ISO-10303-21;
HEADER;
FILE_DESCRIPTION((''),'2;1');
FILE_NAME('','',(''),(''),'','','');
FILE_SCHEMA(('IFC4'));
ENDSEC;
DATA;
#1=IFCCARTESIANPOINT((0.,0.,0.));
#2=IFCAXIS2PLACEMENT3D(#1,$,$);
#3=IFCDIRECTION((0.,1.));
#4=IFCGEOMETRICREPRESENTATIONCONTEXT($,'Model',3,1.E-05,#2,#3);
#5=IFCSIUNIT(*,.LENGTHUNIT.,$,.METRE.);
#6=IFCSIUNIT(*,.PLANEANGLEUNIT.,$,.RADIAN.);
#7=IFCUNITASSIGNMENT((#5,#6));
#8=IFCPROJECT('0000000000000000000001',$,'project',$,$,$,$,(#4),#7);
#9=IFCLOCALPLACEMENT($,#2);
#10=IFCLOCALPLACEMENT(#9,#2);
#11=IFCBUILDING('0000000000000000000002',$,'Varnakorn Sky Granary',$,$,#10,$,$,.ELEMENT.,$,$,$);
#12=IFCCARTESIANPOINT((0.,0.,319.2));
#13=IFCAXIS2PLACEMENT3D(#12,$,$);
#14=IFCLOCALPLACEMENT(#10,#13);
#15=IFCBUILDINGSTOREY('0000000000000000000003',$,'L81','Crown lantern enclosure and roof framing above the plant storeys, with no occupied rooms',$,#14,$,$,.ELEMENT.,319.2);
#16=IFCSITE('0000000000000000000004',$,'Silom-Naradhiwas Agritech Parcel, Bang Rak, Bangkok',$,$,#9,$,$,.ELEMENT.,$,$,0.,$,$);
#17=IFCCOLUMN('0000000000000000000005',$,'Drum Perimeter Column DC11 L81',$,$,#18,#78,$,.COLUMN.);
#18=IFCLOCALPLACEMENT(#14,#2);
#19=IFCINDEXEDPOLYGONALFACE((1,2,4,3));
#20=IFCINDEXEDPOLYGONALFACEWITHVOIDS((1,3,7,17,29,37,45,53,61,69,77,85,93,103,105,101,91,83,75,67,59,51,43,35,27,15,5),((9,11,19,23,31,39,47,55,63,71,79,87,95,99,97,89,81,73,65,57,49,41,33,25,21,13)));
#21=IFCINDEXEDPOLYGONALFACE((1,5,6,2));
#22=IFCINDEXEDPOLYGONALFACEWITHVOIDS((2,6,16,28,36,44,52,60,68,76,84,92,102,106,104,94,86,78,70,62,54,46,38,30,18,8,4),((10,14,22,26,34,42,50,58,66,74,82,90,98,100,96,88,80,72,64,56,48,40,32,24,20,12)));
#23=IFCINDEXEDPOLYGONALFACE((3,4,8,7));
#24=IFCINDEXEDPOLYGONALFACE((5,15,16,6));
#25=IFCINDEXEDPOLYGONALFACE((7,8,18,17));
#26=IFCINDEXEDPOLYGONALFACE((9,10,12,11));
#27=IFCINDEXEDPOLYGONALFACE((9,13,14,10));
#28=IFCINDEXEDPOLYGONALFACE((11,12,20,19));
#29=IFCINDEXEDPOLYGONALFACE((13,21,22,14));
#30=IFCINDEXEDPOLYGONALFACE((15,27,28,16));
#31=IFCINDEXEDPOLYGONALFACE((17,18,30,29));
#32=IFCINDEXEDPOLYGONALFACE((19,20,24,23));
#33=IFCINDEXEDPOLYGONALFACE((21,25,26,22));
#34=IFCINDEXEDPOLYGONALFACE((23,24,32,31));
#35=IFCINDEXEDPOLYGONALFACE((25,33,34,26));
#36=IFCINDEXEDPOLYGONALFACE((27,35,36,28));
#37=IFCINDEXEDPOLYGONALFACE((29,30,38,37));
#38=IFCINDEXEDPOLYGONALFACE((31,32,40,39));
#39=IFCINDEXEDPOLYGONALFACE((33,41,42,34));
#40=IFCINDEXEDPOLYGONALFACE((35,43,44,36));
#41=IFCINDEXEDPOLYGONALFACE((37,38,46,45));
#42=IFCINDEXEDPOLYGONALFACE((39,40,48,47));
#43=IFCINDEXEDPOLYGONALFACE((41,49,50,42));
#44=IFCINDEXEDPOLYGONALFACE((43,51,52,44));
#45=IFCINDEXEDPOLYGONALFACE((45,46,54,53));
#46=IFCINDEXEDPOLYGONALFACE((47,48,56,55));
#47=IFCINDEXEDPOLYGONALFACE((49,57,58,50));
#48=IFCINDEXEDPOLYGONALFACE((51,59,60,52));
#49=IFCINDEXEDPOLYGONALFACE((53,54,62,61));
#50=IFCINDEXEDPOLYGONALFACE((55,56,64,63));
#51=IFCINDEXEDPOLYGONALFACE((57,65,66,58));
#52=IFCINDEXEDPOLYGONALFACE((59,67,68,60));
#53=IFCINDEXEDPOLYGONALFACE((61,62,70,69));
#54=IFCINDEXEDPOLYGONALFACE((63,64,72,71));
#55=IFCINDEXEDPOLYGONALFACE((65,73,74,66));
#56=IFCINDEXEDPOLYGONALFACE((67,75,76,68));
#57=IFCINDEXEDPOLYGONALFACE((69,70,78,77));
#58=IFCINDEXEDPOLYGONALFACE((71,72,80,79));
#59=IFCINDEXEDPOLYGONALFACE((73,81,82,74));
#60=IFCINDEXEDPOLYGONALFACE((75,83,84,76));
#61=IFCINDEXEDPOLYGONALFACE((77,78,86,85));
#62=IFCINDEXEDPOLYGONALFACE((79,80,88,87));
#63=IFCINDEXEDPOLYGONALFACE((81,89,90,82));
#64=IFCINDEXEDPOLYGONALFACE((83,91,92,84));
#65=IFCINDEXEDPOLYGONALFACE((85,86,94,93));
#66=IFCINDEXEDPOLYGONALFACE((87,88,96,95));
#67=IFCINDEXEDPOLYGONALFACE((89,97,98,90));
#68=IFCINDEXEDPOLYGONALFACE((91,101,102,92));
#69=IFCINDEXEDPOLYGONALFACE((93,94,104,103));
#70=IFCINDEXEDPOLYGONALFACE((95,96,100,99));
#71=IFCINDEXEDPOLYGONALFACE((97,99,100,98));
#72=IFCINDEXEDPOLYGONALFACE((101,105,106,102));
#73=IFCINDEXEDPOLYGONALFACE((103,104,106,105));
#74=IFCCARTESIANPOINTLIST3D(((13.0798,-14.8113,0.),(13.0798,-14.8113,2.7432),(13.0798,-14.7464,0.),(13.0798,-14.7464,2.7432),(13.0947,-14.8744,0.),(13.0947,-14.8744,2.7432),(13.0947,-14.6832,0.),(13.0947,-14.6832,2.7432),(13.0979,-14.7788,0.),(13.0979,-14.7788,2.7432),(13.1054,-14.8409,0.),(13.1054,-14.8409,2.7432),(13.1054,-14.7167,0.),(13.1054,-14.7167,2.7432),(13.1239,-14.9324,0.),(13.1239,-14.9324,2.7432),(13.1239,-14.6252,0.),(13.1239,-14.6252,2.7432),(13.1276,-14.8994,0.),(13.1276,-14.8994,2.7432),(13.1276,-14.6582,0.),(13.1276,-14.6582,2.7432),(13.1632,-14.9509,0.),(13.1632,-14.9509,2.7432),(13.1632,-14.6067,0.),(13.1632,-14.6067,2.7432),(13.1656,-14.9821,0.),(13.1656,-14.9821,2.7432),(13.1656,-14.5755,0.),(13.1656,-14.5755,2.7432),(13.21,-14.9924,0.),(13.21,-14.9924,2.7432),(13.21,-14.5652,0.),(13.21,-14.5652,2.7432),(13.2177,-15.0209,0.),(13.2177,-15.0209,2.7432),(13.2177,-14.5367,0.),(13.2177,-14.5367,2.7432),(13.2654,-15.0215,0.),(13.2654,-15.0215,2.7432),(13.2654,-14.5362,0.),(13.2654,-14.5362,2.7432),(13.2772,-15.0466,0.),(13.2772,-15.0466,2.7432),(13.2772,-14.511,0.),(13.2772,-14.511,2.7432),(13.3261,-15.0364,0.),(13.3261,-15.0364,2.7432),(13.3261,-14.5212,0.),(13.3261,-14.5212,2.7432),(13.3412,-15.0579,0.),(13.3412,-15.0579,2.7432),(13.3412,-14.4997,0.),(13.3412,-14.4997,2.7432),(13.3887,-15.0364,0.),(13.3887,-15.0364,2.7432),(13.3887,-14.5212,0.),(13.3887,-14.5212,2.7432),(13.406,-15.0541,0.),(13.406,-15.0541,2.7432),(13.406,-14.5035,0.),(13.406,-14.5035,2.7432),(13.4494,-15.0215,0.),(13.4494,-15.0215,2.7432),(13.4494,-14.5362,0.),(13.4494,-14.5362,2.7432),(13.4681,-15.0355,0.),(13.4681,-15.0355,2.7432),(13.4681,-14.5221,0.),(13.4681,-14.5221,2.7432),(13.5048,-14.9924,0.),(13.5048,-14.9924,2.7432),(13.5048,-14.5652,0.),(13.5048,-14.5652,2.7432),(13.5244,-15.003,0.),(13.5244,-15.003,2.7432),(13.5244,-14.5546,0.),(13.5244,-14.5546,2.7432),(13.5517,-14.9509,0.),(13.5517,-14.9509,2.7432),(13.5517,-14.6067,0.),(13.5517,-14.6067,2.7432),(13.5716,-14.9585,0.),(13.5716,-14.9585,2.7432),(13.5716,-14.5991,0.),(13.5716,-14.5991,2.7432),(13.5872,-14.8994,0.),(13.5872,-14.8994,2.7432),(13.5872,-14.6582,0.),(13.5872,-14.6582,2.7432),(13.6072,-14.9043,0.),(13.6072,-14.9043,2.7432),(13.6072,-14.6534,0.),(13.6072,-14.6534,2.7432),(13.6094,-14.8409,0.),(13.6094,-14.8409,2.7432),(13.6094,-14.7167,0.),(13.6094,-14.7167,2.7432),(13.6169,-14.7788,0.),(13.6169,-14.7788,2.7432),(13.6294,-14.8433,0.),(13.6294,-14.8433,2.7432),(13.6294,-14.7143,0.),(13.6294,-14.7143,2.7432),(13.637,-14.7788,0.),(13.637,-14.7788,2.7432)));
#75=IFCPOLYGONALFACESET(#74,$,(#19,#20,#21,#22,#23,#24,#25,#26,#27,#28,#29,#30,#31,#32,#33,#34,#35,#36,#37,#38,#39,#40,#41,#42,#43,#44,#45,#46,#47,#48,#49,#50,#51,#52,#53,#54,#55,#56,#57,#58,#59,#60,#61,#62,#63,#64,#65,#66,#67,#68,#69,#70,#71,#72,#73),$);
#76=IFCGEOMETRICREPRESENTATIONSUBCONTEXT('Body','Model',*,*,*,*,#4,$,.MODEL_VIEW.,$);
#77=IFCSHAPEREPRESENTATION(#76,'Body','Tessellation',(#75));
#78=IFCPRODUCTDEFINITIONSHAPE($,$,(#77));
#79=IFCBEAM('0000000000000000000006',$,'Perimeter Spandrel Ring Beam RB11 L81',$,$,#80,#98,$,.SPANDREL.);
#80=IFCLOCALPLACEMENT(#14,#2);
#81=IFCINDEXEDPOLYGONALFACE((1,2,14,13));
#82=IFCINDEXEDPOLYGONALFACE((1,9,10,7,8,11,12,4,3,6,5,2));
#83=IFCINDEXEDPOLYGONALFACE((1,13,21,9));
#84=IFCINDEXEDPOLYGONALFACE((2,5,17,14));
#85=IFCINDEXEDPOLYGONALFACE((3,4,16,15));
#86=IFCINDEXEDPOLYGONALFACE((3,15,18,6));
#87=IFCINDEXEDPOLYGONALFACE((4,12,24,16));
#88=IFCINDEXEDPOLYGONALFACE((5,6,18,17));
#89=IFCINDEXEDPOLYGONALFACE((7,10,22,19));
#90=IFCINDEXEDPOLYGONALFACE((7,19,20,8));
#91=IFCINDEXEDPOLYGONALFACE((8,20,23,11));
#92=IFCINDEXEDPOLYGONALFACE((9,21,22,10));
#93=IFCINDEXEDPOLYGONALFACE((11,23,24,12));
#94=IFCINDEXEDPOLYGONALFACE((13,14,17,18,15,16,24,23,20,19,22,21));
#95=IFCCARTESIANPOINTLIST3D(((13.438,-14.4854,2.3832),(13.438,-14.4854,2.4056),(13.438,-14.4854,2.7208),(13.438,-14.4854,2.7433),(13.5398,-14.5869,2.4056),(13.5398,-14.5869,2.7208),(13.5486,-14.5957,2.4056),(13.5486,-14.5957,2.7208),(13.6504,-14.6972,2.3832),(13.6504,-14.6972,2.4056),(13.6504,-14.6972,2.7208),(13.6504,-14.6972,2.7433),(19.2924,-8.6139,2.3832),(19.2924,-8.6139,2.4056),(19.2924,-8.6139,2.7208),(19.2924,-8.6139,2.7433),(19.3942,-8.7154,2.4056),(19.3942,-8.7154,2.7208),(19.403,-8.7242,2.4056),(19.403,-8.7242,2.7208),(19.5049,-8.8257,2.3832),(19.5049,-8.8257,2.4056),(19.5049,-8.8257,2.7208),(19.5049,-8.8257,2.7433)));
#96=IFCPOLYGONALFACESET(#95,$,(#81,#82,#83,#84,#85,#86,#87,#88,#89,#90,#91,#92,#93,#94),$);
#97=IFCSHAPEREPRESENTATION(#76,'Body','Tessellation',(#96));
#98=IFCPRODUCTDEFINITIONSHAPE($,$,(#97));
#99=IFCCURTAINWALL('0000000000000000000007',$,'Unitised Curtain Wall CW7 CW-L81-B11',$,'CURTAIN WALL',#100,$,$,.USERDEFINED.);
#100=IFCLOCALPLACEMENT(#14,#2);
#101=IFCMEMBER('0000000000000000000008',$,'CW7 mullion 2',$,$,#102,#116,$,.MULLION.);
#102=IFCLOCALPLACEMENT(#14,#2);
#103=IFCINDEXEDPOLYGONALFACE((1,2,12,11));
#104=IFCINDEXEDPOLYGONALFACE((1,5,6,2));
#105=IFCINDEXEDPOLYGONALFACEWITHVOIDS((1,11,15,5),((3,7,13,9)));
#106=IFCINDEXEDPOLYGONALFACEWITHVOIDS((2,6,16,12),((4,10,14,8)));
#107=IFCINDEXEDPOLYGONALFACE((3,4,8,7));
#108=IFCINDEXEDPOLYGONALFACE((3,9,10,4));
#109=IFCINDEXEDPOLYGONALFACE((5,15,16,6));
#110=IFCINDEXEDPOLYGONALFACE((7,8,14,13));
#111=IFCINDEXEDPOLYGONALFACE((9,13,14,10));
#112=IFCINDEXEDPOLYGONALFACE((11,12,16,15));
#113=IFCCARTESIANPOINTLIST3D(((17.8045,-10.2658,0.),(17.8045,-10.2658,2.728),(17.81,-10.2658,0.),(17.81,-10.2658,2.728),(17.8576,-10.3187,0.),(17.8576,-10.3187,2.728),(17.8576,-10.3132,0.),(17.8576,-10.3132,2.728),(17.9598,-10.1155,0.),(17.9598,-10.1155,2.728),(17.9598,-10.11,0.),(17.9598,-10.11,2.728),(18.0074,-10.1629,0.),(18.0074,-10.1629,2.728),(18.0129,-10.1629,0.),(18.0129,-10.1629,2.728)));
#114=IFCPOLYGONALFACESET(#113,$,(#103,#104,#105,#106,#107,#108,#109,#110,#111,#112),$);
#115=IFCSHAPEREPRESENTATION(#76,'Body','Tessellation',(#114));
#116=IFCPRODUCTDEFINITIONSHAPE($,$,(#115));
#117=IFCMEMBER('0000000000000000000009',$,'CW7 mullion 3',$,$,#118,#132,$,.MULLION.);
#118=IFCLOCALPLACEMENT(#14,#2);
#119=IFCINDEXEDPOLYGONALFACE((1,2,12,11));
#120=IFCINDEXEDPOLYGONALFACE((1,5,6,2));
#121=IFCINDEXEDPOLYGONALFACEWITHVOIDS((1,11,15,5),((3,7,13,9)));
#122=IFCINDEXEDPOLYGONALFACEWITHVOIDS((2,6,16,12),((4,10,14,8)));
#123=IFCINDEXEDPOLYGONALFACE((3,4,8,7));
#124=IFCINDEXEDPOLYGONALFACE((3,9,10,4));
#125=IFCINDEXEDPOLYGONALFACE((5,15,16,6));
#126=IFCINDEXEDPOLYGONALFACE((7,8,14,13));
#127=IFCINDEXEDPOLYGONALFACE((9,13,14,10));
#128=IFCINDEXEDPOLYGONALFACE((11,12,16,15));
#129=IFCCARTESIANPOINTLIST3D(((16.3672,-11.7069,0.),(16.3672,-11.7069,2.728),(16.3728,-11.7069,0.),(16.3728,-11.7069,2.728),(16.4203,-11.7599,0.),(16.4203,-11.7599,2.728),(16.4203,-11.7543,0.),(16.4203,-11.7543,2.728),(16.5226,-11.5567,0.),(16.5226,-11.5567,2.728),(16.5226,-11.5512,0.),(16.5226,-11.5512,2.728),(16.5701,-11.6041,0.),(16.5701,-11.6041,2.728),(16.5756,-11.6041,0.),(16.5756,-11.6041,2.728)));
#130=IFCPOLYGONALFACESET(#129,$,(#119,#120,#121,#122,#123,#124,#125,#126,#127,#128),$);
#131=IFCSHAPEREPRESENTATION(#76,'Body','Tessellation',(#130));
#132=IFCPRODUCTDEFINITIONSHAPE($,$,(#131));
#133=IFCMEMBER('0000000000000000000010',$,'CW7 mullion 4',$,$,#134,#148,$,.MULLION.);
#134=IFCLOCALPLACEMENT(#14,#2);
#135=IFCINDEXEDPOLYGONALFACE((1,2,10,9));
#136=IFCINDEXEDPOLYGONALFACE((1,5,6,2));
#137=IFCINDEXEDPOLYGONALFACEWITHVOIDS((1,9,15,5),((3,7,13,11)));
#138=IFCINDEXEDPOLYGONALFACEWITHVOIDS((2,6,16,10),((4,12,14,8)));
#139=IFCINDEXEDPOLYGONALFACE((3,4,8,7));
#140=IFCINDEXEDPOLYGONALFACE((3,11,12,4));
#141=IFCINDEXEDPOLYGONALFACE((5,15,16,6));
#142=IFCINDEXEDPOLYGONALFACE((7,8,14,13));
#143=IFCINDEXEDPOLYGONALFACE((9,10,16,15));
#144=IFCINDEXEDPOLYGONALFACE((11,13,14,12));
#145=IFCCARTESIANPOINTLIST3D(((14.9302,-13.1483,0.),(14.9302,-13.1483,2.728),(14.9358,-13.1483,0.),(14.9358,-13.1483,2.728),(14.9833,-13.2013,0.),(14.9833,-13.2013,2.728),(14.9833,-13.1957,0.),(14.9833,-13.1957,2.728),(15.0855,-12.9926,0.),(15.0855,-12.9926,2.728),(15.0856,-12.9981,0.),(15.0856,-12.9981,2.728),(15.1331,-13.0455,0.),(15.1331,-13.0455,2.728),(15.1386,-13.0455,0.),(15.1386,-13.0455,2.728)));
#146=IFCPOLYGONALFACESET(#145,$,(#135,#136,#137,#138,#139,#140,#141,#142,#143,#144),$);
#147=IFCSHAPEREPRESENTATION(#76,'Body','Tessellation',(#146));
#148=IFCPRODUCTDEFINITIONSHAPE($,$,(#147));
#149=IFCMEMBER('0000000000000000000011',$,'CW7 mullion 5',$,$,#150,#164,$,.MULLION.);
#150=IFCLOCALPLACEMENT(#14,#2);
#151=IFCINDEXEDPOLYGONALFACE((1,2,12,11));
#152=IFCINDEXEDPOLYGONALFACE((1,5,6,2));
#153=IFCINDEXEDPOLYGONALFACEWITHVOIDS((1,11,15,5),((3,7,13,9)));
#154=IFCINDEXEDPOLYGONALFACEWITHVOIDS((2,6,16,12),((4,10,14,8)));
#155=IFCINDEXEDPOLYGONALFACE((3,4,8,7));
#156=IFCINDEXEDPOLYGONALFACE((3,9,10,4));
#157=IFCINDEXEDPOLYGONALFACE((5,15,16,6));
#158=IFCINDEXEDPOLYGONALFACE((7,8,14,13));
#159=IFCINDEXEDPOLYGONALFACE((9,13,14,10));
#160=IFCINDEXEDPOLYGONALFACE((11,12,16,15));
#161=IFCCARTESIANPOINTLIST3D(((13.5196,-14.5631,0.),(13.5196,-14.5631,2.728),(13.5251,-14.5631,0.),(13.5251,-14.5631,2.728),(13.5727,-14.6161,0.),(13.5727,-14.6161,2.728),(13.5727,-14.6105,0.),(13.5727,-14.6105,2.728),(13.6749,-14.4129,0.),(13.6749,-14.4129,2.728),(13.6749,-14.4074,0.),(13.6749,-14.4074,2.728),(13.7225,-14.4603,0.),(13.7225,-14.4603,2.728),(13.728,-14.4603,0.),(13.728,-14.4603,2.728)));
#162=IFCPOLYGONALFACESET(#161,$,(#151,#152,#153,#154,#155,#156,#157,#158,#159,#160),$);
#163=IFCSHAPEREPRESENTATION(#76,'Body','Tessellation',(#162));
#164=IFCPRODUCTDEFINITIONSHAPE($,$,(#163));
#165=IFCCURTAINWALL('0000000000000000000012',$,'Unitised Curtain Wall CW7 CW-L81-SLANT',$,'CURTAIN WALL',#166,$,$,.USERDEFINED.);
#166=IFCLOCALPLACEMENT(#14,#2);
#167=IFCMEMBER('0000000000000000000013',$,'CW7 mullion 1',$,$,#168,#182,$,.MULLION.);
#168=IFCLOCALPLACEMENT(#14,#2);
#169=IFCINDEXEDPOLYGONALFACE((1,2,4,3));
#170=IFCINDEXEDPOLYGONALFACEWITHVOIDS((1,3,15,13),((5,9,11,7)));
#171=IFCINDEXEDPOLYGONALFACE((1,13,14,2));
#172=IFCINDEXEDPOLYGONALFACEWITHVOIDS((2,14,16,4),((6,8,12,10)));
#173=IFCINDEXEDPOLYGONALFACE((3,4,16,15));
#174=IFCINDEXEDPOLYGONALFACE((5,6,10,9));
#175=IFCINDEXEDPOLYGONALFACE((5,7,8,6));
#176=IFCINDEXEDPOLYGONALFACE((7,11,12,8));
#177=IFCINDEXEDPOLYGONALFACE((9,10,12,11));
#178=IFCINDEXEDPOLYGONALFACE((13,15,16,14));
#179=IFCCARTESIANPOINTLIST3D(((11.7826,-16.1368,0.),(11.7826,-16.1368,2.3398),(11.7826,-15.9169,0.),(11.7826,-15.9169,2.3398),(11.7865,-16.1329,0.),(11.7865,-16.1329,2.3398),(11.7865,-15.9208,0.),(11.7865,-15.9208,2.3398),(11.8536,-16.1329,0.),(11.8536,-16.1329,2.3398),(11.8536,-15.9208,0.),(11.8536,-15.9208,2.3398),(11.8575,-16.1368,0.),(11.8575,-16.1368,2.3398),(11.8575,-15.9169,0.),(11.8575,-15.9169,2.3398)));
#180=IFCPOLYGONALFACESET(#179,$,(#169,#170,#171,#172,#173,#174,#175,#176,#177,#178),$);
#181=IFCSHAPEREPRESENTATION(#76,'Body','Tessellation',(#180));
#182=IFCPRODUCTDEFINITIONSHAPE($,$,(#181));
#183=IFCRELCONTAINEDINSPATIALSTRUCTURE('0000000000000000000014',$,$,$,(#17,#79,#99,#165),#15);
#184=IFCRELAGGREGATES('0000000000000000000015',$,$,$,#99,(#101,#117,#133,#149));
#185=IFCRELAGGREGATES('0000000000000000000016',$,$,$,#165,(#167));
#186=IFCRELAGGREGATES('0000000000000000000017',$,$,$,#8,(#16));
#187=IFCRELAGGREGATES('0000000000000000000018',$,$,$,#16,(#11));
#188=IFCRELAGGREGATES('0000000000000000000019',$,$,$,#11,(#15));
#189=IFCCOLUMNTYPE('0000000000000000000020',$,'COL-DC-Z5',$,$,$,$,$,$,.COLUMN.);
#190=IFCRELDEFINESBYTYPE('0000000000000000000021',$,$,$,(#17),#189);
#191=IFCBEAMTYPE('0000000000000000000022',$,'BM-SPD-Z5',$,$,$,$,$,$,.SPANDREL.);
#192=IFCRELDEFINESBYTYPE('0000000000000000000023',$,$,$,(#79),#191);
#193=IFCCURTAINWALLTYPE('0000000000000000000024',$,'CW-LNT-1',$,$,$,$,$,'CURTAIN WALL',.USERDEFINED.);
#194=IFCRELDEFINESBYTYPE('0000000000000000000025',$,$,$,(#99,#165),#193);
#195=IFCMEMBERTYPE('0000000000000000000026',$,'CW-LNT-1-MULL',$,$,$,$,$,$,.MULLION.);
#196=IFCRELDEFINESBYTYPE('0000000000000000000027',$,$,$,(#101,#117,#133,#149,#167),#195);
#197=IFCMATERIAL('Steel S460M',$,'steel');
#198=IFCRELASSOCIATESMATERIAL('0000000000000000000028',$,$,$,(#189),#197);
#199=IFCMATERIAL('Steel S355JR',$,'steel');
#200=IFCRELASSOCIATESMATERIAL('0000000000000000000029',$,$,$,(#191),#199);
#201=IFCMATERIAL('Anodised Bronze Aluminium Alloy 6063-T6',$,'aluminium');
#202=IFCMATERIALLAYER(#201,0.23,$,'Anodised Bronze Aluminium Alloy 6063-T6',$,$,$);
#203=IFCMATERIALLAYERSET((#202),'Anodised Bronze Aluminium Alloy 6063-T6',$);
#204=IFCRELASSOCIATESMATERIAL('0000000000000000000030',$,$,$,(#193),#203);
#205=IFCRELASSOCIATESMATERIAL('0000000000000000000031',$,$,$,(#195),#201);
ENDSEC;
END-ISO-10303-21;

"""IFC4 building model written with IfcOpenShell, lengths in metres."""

from ifc_helpers import new_model, si_unit, direction, frame, origin, origin_2d, place, context, subcontext, project, spatial, hollow_rectangle, hollow_circle, i_section, extrude, material, layer, layer_set, material_profile, profile_set, type_object, element, aggregate, save


model = new_model("IFC4")

# Units and contexts
model_context = context("Model", 3, precision=1e-05, world=origin(), true_north=direction((0.0, 1.0)))
body_context = subcontext(model_context, "Body", "Model", "MODEL_VIEW")
ifc_project = project(units=[si_unit("LENGTHUNIT", "METRE"), si_unit("PLANEANGLEUNIT", "RADIAN")], contexts=[model_context])

# Site, building, storey
site_placement = place(None, origin())
site = spatial("IfcSite", under=ifc_project, at=site_placement, Name="Silom-Naradhiwas Agritech Parcel, Bang Rak, Bangkok", CompositionType="ELEMENT", RefElevation=0.0)
building_placement = place(site_placement, origin())
building = spatial("IfcBuilding", under=site, at=building_placement, Name="Varnakorn Sky Granary", CompositionType="ELEMENT")
storey_placement = place(building_placement, frame((0.0, 0.0, 319.2)))
storey = spatial("IfcBuildingStorey", under=building, at=storey_placement, Name="L81", Description="Crown lantern enclosure and roof framing above the plant storeys, with no occupied rooms", CompositionType="ELEMENT", Elevation=319.2)

# Column
ifc_material_1 = material(Name="Steel S460M", Category="steel")
ifc_material_profile_1 = material_profile(ifc_material_1, hollow_circle(Radius=0.2795, WallThickness=0.02, at=origin_2d()), Name="CHS 559x20")
ifc_profile_set_1 = profile_set([ifc_material_profile_1], Name="Steel S460M")
column_type = type_object("IfcColumnType", Name="COL-DC-Z5", PredefinedType="COLUMN", material=ifc_profile_set_1)
column_placement = place(storey_placement, frame((13.3574, -14.7788, 0.0), z_axis=(0.0, 0.0, 1.0), x_axis=(1.0, 0.0, 0.0)))
element("IfcColumn", 1, at=column_placement, inside=storey, type_object=column_type, Name="Drum Perimeter Column DC11 L81", PredefinedType="COLUMN", context=body_context, shape_type="SweptSolid", body=[
    extrude(hollow_circle(Radius=0.2795, WallThickness=0.02, at=origin_2d()), origin(), (0.0, 0.0, 1.0), 2.7432),
])

# Beam
ifc_material_2 = material(Name="Steel S355JR", Category="steel")
ifc_material_profile_2 = material_profile(ifc_material_2, i_section(OverallWidth=0.3, OverallDepth=0.3601, WebThickness=0.0125, FlangeThickness=0.0225, at=origin_2d()), Name="HE 360 B")
ifc_profile_set_2 = profile_set([ifc_material_profile_2], Name="Steel S355JR")
beam_type = type_object("IfcBeamType", Name="BM-SPD-Z5", PredefinedType="SPANDREL", material=ifc_profile_set_2)
beam_placement = place(storey_placement, frame((13.5442, -14.5913, 2.5632), z_axis=(0.706075, 0.708137, 0.0), x_axis=(-0.708137, 0.706075, 0.0)))
element("IfcBeam", 2, at=beam_placement, inside=storey, type_object=beam_type, Name="Perimeter Spandrel Ring Beam RB11 L81", PredefinedType="SPANDREL", context=body_context, shape_type="SweptSolid", body=[
    extrude(i_section(OverallWidth=0.3, OverallDepth=0.3601, WebThickness=0.0125, FlangeThickness=0.0225, at=origin_2d()), origin(), (0.0, 0.0, 1.0), 8.2915),
])

# Curtain wall, members
ifc_material_3 = material(Name="Anodised Bronze Aluminium Alloy 6063-T6", Category="aluminium")
ifc_layer_1 = layer(ifc_material_3, 0.23, Name="Anodised Bronze Aluminium Alloy 6063-T6")
ifc_layer_set_1 = layer_set([ifc_layer_1], Name="Anodised Bronze Aluminium Alloy 6063-T6")
curtain_wall_type = type_object("IfcCurtainWallType", Name="CW-LNT-1", ElementType="CURTAIN WALL", PredefinedType="USERDEFINED", material=ifc_layer_set_1)
curtain_wall_1_placement = place(storey_placement, origin())
curtain_wall_1 = element("IfcCurtainWall", 3, at=curtain_wall_1_placement, inside=storey, type_object=curtain_wall_type, Name="Unitised Curtain Wall CW7 CW-L81-B11", ObjectType="CURTAIN WALL", PredefinedType="USERDEFINED")
ifc_material_profile_3 = material_profile(ifc_material_3, hollow_rectangle(XDim=0.075, YDim=0.22, WallThickness=0.0039, at=origin_2d()), Name="ALU MULL 75x220")
ifc_profile_set_3 = profile_set([ifc_material_profile_3], Name="Anodised Bronze Aluminium Alloy 6063-T6")
member_type_1 = type_object("IfcMemberType", Name="CW-LNT-1-MULL", PredefinedType="MULLION", material=ifc_profile_set_3)
member_1_placement = place(storey_placement, frame((17.9087, -10.2144, 0.0), z_axis=(0.0, 0.0, 1.0), x_axis=(0.708144, -0.706068, 0.0)))
member_1 = element("IfcMember", 4, at=member_1_placement, type_object=member_type_1, Name="CW7 mullion 2", PredefinedType="MULLION", context=body_context, shape_type="SweptSolid", body=[
    extrude(hollow_rectangle(XDim=0.075, YDim=0.22, WallThickness=0.0039, at=origin_2d()), origin(), (0.0, 0.0, 1.0), 2.728),
])
member_2_placement = place(storey_placement, frame((16.4714, -11.6555, 0.0), z_axis=(0.0, 0.0, 1.0), x_axis=(0.708144, -0.706068, 0.0)))
member_2 = element("IfcMember", 5, at=member_2_placement, type_object=member_type_1, Name="CW7 mullion 3", PredefinedType="MULLION", context=body_context, shape_type="SweptSolid", body=[
    extrude(hollow_rectangle(XDim=0.075, YDim=0.22, WallThickness=0.0039, at=origin_2d()), origin(), (0.0, 0.0, 1.0), 2.728),
])
member_3_placement = place(storey_placement, frame((15.0344, -13.0969, 0.0), z_axis=(0.0, 0.0, 1.0), x_axis=(0.708144, -0.706068, 0.0)))
member_3 = element("IfcMember", 6, at=member_3_placement, type_object=member_type_1, Name="CW7 mullion 4", PredefinedType="MULLION", context=body_context, shape_type="SweptSolid", body=[
    extrude(hollow_rectangle(XDim=0.075, YDim=0.22, WallThickness=0.0039, at=origin_2d()), origin(), (0.0, 0.0, 1.0), 2.728),
])
member_4_placement = place(storey_placement, frame((13.6238, -14.5117, 0.0), z_axis=(0.0, 0.0, 1.0), x_axis=(0.708144, -0.706068, 0.0)))
member_4 = element("IfcMember", 7, at=member_4_placement, type_object=member_type_1, Name="CW7 mullion 5", PredefinedType="MULLION", context=body_context, shape_type="SweptSolid", body=[
    extrude(hollow_rectangle(XDim=0.075, YDim=0.22, WallThickness=0.0039, at=origin_2d()), origin(), (0.0, 0.0, 1.0), 2.728),
])

# Curtain wall, member
curtain_wall_2_placement = place(storey_placement, origin())
curtain_wall_2 = element("IfcCurtainWall", 8, at=curtain_wall_2_placement, inside=storey, type_object=curtain_wall_type, Name="Unitised Curtain Wall CW7 CW-L81-SLANT", ObjectType="CURTAIN WALL", PredefinedType="USERDEFINED")
member_5_placement = place(storey_placement, frame((11.8201, -16.0269, 0.0), z_axis=(0.0, 0.0, 1.0), x_axis=(-1.0, 0.0, 0.0)))
member_5 = element("IfcMember", 9, at=member_5_placement, type_object=member_type_1, Name="CW7 mullion 1", PredefinedType="MULLION", context=body_context, shape_type="SweptSolid", body=[
    extrude(hollow_rectangle(XDim=0.075, YDim=0.22, WallThickness=0.0039, at=origin_2d()), origin(), (0.0, 0.0, 1.0), 2.3398),
])

aggregate(curtain_wall_1, [member_1, member_2, member_3, member_4])
aggregate(curtain_wall_2, [member_5])

save(model, "model.ifc")
